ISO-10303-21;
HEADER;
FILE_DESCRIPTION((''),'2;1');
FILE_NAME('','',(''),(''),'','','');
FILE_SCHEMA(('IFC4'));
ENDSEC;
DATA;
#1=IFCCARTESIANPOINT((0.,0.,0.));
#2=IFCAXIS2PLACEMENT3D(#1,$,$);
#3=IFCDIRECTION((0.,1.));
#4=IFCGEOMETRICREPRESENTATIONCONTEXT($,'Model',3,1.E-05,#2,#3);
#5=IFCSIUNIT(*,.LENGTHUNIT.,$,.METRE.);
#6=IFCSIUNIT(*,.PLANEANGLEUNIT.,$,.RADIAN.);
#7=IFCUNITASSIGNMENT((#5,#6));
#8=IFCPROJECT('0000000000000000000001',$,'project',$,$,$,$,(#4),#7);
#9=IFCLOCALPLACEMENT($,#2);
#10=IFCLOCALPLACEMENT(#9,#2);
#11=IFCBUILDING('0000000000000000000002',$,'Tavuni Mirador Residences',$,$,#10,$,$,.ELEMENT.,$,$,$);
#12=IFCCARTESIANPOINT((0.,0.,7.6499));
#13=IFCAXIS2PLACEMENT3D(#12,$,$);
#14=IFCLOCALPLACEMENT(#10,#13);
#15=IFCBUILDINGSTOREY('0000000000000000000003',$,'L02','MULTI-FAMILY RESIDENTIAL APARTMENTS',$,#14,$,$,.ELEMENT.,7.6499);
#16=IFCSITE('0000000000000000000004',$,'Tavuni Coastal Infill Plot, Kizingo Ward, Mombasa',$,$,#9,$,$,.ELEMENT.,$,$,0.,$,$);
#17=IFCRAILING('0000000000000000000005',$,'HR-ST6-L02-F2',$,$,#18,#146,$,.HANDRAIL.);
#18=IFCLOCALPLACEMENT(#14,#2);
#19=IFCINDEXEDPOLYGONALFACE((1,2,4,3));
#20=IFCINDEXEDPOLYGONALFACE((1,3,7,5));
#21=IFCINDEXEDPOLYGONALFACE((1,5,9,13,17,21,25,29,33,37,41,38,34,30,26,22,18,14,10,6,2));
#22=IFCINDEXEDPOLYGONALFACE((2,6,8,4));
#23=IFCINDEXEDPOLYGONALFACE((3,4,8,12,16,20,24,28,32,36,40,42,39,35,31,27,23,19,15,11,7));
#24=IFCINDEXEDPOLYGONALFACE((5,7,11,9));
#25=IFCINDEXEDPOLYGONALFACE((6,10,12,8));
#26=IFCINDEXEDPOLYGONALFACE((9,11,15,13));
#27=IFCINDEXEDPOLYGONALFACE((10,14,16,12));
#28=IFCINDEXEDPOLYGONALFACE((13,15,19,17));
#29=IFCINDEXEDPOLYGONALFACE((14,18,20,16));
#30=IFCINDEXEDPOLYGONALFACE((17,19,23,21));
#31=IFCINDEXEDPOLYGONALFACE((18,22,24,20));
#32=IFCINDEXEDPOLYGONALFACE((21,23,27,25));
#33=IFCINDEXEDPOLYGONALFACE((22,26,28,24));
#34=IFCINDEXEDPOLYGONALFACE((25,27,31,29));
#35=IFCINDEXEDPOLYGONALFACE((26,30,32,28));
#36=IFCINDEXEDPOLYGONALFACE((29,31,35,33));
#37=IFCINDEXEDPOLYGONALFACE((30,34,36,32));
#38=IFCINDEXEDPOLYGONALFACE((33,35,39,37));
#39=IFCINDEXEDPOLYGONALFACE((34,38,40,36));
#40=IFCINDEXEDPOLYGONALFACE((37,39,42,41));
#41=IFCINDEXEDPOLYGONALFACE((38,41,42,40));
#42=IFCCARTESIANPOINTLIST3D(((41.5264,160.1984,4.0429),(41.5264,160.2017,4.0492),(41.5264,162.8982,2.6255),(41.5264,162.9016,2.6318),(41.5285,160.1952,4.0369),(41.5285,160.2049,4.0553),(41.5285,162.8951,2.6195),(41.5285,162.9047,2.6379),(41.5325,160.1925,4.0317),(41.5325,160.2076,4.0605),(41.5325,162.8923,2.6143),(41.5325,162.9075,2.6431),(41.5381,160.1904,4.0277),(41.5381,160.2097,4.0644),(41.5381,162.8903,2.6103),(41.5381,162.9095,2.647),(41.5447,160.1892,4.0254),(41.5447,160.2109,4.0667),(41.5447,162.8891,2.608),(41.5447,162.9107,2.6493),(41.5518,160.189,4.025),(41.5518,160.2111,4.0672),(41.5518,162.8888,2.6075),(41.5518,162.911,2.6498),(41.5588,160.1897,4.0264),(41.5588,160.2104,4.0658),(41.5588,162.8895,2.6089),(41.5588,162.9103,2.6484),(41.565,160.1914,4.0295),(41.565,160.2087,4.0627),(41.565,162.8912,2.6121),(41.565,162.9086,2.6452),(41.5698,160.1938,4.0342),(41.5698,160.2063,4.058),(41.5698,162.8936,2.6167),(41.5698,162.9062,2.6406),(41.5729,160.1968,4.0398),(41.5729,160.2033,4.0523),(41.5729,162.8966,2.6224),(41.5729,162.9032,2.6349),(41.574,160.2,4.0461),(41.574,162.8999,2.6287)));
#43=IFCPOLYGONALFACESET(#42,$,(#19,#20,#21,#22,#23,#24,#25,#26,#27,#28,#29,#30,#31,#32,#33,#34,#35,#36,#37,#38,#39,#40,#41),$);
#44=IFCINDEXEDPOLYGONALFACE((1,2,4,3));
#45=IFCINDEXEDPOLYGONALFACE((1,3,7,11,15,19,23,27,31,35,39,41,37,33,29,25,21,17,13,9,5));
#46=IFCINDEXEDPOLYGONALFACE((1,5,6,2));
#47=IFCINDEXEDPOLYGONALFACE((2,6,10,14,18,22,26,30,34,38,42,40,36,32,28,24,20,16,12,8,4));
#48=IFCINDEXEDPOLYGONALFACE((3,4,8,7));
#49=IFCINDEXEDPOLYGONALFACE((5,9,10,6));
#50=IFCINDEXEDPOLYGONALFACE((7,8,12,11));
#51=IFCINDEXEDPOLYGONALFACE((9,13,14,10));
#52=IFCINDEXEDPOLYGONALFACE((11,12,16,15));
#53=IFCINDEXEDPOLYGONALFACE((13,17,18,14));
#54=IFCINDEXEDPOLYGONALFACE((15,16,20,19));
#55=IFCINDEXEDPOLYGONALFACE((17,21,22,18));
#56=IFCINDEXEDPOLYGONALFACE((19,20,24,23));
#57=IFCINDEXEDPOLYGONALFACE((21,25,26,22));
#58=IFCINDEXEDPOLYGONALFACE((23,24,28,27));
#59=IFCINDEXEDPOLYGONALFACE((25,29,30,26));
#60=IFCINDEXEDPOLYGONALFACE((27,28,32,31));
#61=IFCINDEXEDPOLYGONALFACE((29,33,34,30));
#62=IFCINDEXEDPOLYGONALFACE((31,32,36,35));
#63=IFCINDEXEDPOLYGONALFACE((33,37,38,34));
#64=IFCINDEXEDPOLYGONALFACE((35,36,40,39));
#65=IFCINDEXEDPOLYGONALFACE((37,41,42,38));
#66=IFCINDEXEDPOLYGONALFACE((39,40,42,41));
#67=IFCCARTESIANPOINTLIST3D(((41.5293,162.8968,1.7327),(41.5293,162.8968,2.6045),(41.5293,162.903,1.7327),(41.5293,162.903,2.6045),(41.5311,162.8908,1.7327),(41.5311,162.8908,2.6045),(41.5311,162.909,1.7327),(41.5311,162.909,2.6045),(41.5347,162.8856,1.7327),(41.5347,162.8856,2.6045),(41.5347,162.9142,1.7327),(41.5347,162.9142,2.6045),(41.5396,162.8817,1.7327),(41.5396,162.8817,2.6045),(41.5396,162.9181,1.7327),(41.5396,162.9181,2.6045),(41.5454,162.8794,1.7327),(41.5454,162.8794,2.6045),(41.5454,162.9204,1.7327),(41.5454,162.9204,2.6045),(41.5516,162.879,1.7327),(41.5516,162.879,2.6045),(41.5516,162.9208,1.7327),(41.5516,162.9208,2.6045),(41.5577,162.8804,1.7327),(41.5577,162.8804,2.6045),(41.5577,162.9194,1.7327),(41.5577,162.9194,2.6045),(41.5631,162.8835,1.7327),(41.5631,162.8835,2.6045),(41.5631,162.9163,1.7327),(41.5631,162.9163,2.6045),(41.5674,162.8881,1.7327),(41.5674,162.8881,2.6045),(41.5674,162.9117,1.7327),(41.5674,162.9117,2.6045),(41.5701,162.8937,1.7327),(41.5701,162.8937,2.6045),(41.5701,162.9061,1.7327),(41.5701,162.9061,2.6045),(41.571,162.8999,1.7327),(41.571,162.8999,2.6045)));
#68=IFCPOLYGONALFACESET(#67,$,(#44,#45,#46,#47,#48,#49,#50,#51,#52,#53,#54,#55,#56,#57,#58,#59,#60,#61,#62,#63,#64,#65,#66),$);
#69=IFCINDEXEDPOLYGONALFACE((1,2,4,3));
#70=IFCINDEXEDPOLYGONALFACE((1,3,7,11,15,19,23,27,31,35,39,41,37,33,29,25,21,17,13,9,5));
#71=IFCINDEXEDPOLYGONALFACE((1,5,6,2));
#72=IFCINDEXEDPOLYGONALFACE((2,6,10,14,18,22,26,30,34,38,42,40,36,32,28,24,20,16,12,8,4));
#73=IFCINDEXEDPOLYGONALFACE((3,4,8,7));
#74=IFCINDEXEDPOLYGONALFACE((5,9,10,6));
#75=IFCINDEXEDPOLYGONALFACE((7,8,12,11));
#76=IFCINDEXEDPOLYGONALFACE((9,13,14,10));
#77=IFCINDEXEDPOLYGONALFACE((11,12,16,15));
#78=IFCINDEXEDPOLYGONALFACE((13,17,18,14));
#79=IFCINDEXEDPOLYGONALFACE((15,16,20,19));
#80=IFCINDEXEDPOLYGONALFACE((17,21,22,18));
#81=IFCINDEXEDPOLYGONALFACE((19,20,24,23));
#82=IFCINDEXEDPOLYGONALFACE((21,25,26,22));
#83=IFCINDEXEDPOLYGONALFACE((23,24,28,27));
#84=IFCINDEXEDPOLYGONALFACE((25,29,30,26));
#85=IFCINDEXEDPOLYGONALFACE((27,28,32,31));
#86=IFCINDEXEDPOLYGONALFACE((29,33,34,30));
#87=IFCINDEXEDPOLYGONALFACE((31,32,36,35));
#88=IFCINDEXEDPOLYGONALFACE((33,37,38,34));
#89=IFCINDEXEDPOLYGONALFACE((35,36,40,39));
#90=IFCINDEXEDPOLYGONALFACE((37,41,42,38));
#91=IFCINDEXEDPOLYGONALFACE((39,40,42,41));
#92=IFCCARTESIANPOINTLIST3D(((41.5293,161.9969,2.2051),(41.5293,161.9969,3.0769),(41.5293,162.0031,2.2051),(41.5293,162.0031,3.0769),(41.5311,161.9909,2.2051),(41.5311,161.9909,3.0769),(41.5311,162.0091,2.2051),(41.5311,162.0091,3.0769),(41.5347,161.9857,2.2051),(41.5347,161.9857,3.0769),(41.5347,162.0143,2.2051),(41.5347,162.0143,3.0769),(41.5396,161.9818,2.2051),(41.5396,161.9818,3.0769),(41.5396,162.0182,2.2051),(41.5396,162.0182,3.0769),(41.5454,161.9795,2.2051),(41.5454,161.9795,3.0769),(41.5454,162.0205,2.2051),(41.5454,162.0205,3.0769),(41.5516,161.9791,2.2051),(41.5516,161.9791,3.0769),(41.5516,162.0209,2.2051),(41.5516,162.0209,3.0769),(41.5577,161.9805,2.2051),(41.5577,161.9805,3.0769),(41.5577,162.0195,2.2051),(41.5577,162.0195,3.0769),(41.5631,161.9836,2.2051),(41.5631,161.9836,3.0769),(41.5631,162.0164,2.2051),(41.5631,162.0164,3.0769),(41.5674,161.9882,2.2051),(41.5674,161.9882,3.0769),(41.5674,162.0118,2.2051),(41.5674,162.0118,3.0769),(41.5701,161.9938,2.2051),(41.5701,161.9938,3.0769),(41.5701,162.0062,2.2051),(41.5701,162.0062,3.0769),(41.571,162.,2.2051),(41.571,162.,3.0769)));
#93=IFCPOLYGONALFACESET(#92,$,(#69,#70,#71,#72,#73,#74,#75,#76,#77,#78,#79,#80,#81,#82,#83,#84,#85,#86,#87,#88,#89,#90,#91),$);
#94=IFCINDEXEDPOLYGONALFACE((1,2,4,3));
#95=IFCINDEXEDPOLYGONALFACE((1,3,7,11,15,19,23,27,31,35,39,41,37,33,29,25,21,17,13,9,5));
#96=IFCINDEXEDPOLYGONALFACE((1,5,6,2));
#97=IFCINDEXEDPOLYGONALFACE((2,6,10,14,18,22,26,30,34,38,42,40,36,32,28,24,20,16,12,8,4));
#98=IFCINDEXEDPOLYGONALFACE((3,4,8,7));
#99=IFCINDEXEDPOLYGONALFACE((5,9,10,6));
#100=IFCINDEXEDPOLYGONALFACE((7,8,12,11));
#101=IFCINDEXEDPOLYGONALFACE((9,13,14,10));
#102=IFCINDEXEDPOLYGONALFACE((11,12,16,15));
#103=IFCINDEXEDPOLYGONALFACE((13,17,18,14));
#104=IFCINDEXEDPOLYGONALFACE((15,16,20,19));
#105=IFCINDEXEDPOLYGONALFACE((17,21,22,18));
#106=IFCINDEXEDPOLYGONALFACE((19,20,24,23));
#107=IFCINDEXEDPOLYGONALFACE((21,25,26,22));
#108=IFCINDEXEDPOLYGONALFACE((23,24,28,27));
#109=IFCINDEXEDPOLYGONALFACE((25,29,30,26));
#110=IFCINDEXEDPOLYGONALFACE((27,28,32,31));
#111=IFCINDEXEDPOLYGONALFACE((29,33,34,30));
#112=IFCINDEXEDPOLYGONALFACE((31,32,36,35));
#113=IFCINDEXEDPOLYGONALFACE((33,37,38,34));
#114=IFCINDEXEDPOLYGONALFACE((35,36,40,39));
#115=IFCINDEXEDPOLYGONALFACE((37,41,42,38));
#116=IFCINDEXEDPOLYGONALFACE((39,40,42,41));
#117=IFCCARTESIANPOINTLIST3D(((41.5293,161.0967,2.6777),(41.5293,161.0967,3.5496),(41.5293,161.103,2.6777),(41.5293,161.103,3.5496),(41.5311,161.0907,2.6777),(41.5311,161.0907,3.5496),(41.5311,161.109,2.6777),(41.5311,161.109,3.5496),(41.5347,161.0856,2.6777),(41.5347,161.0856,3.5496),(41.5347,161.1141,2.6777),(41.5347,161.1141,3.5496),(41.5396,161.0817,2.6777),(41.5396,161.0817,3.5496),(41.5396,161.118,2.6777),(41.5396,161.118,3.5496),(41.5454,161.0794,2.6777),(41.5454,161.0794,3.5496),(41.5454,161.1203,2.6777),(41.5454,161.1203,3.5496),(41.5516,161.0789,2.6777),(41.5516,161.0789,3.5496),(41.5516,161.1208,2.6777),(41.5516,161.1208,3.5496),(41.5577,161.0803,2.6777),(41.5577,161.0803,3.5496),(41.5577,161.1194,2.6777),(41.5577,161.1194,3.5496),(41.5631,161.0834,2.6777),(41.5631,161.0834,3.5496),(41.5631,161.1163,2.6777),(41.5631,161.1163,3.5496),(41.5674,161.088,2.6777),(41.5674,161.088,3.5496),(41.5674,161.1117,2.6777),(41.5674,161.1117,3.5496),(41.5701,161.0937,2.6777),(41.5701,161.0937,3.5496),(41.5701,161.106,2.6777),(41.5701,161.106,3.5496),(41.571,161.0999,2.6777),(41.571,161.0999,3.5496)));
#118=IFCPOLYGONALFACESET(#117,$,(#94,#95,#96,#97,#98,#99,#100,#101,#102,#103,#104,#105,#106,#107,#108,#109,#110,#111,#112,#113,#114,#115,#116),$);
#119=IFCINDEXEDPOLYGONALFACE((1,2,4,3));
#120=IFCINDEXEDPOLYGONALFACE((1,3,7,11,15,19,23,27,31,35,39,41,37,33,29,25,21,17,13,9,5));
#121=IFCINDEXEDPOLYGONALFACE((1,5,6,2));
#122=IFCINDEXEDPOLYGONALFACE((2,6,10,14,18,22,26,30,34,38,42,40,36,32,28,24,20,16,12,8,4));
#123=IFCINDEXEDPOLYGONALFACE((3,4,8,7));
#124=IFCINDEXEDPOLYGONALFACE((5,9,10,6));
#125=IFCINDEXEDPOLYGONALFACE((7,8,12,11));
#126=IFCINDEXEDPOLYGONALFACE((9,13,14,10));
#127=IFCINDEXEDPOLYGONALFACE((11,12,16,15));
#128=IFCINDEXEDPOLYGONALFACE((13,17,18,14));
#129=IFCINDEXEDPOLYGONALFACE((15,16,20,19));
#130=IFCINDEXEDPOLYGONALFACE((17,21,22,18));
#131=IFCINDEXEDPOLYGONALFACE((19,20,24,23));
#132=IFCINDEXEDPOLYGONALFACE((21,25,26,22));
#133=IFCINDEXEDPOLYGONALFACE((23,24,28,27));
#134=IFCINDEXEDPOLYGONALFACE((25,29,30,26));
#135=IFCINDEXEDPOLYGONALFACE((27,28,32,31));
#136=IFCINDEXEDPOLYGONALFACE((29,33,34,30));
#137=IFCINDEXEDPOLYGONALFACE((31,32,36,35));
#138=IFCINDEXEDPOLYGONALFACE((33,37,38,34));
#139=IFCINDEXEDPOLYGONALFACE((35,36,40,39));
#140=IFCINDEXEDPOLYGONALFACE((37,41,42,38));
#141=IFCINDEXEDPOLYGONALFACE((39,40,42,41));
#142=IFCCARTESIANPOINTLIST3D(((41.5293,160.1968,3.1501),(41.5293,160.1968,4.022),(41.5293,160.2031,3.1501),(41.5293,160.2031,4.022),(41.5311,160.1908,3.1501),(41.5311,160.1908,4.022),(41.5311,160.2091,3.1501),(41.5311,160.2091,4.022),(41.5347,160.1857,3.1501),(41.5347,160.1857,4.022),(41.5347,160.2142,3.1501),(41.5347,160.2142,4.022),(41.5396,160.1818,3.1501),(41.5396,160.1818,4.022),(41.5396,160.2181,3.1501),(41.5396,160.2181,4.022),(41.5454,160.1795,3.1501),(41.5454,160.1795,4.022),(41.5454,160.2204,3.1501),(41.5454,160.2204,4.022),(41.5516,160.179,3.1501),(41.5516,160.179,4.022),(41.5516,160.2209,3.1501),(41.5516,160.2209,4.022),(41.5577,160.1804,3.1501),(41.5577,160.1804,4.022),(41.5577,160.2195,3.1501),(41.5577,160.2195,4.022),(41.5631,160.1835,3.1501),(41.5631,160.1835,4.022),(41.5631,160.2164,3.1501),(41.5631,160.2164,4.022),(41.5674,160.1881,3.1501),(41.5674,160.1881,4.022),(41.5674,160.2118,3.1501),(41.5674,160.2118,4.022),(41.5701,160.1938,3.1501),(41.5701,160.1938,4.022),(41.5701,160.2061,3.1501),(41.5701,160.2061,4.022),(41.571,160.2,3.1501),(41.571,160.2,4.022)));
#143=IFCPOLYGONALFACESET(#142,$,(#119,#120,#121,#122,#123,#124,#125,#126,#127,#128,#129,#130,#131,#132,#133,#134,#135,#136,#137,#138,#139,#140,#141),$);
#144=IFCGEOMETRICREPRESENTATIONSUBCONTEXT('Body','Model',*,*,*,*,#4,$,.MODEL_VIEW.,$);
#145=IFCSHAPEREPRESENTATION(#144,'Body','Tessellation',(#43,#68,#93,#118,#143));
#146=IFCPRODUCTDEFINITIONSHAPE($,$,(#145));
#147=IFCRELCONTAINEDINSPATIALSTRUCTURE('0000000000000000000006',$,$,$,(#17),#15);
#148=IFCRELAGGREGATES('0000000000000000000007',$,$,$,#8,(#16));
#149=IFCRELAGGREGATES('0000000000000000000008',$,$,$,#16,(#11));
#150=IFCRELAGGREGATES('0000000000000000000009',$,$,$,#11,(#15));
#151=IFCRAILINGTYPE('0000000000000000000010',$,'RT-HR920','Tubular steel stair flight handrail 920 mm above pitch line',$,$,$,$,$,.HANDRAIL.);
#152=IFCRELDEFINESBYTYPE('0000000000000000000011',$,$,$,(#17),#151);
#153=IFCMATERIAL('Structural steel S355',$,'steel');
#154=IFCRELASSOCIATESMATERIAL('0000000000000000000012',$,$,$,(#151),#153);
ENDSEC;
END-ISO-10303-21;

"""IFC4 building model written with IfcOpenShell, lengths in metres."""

from ifc_helpers import new_model, si_unit, direction, frame, origin, origin_2d, place, context, subcontext, project, spatial, circle, extrude, material, type_object, element, save


model = new_model("IFC4")

# Units and contexts
model_context = context("Model", 3, precision=1e-05, world=origin(), true_north=direction((0.0, 1.0)))
body_context = subcontext(model_context, "Body", "Model", "MODEL_VIEW")
ifc_project = project(units=[si_unit("LENGTHUNIT", "METRE"), si_unit("PLANEANGLEUNIT", "RADIAN")], contexts=[model_context])

# Site, building, storey
site_placement = place(None, origin())
site = spatial("IfcSite", under=ifc_project, at=site_placement, Name="Tavuni Coastal Infill Plot, Kizingo Ward, Mombasa", CompositionType="ELEMENT", RefElevation=0.0)
building_placement = place(site_placement, origin())
building = spatial("IfcBuilding", under=site, at=building_placement, Name="Tavuni Mirador Residences", CompositionType="ELEMENT")
storey_placement = place(building_placement, frame((0.0, 0.0, 7.6499)))
storey = spatial("IfcBuildingStorey", under=building, at=storey_placement, Name="L02", Description="MULTI-FAMILY RESIDENTIAL APARTMENTS", CompositionType="ELEMENT", Elevation=7.6499)

# Shared definitions
ifc_material_1 = material(Name="Structural steel S355", Category="steel")

# Railing
railing_type_1 = type_object("IfcRailingType", Name="RT-HR920", Description="Tubular steel stair flight handrail 920 mm above pitch line", PredefinedType="HANDRAIL", material=ifc_material_1)
railing_1_placement = place(storey_placement, frame((41.55, 162.8999, 1.7327)))
element("IfcRailing", 1, at=railing_1_placement, inside=storey, type_object=railing_type_1, Name="HR-ST6-L02-F2", PredefinedType="HANDRAIL", context=body_context, shape_type="SweptSolid", body=[
    extrude(circle(Radius=0.0239, at=origin_2d()), frame((0.0, 0.0, 0.896), z_axis=(0.0, -0.885397, 0.464835), x_axis=(1.0, 0.0, 0.0)), (0.0, 0.0, 1.0), 3.0493),
    extrude(circle(Radius=0.021, at=origin_2d()), origin(), (0.0, 0.0, 1.0), 0.8718),
    extrude(circle(Radius=0.021, at=origin_2d()), frame((0.0, -0.8999, 0.4724)), (0.0, 0.0, 1.0), 0.8718),
    extrude(circle(Radius=0.021, at=origin_2d()), frame((0.0, -1.8, 0.9451)), (0.0, 0.0, 1.0), 0.8718),
    extrude(circle(Radius=0.021, at=origin_2d()), frame((0.0, -2.7, 1.4175)), (0.0, 0.0, 1.0), 0.8718),
])

save(model, "model.ifc")
